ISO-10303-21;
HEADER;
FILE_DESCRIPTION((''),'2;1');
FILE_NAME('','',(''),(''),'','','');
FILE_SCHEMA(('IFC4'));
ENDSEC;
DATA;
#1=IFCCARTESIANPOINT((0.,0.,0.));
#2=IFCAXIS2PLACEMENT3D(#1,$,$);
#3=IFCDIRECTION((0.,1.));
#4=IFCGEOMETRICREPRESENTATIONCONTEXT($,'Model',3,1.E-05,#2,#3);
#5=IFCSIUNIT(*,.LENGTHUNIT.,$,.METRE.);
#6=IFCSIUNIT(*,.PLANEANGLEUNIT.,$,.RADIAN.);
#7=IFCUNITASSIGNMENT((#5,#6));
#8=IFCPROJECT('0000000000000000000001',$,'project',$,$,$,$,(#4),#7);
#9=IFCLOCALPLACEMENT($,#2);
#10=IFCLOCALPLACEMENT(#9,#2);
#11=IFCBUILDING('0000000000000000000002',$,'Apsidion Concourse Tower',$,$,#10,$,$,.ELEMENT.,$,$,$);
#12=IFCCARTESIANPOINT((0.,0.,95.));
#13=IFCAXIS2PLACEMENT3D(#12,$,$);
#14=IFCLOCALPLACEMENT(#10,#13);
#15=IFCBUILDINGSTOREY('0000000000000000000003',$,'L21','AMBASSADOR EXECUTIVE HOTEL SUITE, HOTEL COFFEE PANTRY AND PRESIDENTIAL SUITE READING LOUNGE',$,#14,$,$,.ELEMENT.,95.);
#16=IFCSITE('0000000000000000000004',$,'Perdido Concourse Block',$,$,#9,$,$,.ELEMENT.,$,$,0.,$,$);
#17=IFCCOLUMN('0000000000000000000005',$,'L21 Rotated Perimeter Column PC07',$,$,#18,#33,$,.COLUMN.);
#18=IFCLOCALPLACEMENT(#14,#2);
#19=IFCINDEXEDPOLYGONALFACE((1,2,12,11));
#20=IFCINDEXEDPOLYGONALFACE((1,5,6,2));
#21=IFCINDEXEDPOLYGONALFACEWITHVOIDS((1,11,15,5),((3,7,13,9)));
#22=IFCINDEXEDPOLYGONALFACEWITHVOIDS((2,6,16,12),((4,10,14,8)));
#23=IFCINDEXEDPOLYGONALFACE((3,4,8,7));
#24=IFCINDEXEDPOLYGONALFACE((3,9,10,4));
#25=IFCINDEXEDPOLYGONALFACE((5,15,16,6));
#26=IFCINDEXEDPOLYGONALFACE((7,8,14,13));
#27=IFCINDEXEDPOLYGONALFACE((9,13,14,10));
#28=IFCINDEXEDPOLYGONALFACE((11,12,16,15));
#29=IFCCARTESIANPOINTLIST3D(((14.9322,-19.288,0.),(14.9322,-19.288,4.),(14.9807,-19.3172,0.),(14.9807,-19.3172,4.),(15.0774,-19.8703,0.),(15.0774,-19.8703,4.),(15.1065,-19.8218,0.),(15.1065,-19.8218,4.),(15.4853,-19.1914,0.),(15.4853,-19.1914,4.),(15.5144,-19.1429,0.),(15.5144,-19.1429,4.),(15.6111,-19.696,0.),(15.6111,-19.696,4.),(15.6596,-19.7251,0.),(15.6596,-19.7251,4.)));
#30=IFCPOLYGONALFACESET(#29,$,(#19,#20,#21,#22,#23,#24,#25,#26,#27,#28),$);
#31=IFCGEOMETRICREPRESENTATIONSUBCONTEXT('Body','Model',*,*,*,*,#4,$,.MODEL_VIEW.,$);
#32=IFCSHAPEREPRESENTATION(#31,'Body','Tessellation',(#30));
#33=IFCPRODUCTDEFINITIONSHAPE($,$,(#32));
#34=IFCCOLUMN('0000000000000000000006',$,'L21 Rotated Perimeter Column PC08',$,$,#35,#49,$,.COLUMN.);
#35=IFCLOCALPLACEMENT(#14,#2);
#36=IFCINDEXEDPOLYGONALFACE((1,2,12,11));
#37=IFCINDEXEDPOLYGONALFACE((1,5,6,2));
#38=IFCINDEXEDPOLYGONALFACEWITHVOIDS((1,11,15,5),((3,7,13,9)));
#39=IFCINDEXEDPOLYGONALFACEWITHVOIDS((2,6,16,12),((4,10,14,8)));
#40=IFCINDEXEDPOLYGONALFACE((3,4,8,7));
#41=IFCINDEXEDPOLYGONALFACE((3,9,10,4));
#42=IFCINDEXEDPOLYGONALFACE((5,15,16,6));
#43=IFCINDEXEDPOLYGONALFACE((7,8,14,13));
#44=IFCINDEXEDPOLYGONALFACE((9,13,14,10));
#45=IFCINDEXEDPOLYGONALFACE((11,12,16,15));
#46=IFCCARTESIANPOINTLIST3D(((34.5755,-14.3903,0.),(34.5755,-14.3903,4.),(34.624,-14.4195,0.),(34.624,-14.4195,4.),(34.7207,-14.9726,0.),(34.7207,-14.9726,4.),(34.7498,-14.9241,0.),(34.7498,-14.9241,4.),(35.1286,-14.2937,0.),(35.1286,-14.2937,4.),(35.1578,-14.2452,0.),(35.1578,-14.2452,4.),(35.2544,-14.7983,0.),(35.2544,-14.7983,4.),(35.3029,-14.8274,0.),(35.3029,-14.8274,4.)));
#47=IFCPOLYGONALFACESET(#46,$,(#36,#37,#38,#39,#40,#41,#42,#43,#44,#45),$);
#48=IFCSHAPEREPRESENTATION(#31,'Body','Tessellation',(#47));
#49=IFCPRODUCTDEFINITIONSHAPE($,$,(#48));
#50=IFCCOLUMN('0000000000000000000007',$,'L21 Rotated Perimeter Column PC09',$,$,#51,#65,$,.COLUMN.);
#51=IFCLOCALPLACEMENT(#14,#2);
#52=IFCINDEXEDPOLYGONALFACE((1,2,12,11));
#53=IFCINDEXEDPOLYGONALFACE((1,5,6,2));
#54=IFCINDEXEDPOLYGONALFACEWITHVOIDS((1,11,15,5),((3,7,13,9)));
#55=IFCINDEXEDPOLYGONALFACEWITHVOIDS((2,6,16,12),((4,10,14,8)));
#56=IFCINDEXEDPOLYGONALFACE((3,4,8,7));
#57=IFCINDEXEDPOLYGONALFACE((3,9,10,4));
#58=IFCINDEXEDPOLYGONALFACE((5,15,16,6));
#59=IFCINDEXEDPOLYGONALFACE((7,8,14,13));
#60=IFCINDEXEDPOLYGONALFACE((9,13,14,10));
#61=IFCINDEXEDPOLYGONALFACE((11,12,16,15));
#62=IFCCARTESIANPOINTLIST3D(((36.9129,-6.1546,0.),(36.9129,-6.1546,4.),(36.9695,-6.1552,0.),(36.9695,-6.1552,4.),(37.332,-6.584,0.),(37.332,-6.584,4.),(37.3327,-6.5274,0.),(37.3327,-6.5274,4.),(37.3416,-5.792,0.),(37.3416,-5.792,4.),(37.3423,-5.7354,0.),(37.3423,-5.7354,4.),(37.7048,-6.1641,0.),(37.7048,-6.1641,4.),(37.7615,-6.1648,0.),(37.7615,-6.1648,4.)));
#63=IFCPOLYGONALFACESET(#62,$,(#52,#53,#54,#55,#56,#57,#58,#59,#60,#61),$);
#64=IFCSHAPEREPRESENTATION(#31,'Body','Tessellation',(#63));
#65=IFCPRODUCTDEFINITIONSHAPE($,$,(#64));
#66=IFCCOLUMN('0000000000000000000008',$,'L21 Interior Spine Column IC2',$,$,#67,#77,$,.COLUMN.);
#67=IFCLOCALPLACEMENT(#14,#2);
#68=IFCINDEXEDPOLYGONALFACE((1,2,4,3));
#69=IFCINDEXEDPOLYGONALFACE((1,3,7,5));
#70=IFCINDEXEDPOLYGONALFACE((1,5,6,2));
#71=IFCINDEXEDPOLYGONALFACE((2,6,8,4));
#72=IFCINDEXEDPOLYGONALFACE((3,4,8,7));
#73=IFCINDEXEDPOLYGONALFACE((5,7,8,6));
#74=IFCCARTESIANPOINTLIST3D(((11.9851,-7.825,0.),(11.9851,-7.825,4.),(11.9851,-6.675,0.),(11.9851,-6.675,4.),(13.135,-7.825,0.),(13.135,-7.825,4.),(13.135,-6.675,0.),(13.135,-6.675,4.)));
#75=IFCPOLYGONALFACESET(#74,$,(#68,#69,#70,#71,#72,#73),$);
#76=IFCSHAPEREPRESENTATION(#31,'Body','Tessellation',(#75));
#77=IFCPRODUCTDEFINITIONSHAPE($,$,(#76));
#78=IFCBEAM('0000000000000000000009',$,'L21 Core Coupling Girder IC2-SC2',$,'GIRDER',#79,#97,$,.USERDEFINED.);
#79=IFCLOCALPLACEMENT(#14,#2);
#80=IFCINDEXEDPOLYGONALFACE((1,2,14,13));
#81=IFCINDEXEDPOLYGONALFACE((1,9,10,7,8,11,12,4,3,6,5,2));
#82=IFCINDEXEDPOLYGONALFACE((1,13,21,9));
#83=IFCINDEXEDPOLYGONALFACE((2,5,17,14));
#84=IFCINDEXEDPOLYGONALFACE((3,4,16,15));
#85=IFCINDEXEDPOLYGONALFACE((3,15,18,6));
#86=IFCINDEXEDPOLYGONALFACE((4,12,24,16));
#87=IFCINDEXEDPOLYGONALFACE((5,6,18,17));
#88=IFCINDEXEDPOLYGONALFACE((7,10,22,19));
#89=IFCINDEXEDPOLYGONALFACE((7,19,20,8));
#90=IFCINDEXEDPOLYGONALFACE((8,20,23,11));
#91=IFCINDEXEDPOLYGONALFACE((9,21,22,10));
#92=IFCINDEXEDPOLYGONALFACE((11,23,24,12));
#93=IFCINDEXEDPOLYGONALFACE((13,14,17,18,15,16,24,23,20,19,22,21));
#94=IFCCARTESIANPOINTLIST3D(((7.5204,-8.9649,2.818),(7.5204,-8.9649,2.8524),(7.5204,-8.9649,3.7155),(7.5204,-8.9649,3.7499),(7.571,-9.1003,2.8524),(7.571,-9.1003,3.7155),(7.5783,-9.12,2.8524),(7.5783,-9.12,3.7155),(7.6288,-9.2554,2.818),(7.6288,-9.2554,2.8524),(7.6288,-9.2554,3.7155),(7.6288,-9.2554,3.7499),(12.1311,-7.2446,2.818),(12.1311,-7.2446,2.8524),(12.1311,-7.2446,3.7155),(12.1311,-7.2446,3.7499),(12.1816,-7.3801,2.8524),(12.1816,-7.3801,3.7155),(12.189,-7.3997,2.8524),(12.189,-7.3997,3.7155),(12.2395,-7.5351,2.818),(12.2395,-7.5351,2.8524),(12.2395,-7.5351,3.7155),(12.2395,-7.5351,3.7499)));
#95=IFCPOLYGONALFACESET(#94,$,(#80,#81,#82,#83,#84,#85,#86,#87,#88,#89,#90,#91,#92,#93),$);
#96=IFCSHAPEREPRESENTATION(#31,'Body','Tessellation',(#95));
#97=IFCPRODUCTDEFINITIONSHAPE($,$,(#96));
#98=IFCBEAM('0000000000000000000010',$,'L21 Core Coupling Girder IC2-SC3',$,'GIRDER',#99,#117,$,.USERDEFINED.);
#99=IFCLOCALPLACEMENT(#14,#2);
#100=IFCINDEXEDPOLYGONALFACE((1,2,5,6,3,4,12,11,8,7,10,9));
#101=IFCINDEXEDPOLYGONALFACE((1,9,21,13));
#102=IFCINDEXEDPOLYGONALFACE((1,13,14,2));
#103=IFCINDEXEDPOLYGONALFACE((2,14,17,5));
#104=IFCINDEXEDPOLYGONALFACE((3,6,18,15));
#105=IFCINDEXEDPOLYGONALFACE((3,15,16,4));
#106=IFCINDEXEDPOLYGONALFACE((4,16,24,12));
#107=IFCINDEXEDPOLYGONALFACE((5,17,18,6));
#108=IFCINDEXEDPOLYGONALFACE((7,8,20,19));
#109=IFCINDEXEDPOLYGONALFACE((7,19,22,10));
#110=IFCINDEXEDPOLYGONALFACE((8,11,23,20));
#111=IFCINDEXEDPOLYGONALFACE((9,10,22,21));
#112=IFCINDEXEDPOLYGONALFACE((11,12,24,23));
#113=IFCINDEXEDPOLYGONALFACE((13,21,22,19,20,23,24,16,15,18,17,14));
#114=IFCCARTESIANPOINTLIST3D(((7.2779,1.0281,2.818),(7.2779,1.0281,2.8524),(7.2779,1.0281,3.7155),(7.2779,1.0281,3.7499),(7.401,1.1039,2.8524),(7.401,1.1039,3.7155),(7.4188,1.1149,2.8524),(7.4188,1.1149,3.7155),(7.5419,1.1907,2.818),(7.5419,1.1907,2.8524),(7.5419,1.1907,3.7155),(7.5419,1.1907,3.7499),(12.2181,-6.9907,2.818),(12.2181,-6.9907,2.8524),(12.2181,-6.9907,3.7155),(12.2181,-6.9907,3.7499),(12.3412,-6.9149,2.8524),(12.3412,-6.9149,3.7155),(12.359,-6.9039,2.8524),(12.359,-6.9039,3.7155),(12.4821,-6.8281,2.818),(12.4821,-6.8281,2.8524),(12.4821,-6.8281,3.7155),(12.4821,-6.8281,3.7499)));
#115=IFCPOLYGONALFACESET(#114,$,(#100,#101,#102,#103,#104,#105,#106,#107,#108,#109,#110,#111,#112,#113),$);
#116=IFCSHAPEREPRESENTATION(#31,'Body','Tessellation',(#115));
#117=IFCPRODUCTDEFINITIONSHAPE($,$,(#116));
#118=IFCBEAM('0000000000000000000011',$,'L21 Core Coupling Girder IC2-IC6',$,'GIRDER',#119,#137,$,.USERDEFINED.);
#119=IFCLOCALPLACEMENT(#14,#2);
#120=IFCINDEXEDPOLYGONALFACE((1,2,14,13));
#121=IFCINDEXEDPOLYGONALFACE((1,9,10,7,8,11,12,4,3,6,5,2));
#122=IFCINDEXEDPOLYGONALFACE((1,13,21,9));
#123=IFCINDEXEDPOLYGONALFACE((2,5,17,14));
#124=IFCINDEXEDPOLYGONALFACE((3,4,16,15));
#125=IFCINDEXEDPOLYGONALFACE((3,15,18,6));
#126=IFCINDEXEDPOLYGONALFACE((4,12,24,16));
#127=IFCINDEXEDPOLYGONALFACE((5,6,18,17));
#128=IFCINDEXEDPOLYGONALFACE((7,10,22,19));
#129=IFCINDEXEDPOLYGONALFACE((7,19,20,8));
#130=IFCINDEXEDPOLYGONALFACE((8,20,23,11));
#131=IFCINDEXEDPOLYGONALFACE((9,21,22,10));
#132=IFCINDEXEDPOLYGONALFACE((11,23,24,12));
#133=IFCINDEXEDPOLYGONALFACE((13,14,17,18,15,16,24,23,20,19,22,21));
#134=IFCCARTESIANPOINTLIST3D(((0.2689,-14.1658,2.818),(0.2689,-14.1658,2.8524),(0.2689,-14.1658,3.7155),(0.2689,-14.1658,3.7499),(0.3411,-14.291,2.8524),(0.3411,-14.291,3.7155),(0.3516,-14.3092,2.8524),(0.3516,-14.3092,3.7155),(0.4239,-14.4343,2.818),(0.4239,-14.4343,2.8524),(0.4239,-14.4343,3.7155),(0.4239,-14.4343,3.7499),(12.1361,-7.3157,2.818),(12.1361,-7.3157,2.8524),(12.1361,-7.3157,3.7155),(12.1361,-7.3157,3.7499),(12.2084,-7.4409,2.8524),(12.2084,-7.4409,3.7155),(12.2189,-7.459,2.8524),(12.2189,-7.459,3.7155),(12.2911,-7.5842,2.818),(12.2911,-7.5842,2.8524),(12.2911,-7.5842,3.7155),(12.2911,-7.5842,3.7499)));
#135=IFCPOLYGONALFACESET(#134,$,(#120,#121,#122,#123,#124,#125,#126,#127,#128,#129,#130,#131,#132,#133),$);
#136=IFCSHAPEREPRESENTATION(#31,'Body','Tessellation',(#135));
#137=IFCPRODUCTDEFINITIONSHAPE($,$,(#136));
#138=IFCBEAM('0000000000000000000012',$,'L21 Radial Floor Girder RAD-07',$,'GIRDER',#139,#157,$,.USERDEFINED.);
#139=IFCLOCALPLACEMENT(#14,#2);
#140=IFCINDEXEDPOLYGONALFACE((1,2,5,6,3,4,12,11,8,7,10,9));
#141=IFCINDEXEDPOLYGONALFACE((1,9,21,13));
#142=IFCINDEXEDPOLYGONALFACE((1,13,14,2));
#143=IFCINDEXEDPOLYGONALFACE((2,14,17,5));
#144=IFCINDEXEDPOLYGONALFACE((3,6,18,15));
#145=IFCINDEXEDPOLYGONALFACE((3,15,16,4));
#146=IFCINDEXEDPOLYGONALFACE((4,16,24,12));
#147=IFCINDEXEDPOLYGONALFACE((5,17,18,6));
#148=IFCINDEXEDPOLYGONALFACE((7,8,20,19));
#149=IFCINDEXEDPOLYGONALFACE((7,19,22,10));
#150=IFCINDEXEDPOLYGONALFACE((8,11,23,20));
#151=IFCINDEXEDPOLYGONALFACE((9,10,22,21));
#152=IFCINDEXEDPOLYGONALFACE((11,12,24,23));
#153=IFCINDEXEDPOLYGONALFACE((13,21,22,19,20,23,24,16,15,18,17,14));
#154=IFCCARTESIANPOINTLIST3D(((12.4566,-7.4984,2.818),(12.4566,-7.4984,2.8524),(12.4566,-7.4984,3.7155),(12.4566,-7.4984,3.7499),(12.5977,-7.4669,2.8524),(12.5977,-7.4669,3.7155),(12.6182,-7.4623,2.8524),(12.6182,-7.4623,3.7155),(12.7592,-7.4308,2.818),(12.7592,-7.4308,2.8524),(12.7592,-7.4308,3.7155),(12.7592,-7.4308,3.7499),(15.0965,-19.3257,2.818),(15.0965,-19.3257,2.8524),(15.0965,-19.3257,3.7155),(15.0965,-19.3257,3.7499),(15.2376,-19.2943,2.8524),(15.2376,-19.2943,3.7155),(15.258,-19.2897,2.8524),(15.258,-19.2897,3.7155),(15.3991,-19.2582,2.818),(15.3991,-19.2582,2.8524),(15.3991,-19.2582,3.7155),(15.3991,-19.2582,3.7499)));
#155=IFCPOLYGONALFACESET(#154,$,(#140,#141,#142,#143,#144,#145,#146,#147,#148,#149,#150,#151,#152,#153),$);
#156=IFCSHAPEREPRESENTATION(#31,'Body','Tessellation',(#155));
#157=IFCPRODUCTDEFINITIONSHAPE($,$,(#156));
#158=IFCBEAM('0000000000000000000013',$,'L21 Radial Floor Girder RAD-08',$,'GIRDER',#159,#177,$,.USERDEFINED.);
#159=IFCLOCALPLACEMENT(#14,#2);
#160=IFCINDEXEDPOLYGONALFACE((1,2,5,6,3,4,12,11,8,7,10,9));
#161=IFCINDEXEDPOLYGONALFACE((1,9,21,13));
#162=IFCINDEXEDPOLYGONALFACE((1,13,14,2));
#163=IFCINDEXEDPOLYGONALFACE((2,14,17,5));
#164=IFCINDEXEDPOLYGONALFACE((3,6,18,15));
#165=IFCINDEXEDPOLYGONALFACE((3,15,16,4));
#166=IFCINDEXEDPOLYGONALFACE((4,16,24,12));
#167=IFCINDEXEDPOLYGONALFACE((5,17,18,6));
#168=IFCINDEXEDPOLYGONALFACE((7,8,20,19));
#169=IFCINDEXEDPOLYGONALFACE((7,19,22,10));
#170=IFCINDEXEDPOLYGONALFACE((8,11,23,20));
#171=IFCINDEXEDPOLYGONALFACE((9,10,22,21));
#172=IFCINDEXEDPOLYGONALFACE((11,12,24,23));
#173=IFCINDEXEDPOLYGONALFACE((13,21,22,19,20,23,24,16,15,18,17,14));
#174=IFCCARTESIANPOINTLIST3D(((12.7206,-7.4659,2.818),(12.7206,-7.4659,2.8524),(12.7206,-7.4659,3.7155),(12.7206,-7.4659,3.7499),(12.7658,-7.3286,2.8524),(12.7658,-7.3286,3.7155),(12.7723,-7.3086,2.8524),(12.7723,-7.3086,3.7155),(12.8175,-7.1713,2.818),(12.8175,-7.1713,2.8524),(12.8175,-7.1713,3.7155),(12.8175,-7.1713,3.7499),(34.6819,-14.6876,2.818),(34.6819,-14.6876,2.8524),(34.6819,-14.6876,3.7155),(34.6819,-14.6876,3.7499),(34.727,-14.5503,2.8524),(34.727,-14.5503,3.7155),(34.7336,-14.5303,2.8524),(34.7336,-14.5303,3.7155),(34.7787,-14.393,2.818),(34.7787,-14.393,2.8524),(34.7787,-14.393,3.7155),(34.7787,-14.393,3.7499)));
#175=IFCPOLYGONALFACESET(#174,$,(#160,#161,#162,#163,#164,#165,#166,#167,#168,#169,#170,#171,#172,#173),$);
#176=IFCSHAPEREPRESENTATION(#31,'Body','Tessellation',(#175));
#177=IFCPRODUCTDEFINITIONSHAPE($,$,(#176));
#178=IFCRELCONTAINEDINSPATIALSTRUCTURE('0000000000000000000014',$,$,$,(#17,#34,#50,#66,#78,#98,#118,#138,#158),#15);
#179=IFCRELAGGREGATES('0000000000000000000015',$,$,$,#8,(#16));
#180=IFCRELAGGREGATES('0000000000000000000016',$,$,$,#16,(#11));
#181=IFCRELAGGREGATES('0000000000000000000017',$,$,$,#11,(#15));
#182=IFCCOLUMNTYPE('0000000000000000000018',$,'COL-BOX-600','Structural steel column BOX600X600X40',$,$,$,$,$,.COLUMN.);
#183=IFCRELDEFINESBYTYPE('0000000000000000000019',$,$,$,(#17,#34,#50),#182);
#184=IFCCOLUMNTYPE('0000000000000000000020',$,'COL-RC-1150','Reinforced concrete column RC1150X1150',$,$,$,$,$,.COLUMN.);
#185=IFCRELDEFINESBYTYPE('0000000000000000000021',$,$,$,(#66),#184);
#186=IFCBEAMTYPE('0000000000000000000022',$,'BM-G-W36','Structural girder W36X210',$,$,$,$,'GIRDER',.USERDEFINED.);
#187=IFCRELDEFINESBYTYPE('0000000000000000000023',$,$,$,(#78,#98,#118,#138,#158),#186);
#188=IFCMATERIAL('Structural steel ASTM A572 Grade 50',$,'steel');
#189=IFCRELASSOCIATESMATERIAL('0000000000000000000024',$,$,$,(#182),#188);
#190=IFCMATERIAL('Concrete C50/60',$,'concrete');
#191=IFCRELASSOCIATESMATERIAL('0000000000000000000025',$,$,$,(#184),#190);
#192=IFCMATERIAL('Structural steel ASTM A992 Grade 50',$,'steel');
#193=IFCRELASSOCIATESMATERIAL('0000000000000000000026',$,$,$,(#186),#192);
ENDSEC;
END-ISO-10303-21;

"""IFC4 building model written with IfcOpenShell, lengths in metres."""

from ifc_helpers import new_model, si_unit, direction, frame, origin, origin_2d, place, context, subcontext, project, spatial, rectangle, hollow_rectangle, i_section, extrude, material, material_profile, profile_set, type_object, element, save


model = new_model("IFC4")

# Units and contexts
model_context = context("Model", 3, precision=1e-05, world=origin(), true_north=direction((0.0, 1.0)))
body_context = subcontext(model_context, "Body", "Model", "MODEL_VIEW")
ifc_project = project(units=[si_unit("LENGTHUNIT", "METRE"), si_unit("PLANEANGLEUNIT", "RADIAN")], contexts=[model_context])

# Site, building, storey
site_placement = place(None, origin())
site = spatial("IfcSite", under=ifc_project, at=site_placement, Name="Perdido Concourse Block", CompositionType="ELEMENT", RefElevation=0.0)
building_placement = place(site_placement, origin())
building = spatial("IfcBuilding", under=site, at=building_placement, Name="Apsidion Concourse Tower", CompositionType="ELEMENT")
storey_placement = place(building_placement, frame((0.0, 0.0, 95.0)))
storey = spatial("IfcBuildingStorey", under=building, at=storey_placement, Name="L21", Description="AMBASSADOR EXECUTIVE HOTEL SUITE, HOTEL COFFEE PANTRY AND PRESIDENTIAL SUITE READING LOUNGE", CompositionType="ELEMENT", Elevation=95.0)

# Columns
ifc_material_1 = material(Name="Structural steel ASTM A572 Grade 50", Category="steel")
ifc_material_profile_1 = material_profile(ifc_material_1, hollow_rectangle(XDim=0.6001, YDim=0.6001, WallThickness=0.04, at=origin_2d()), Name="BOX600X600X40")
ifc_profile_set_1 = profile_set([ifc_material_profile_1], Name="Structural steel ASTM A572 Grade 50")
column_type_1 = type_object("IfcColumnType", Name="COL-BOX-600", Description="Structural steel column BOX600X600X40", PredefinedType="COLUMN", material=ifc_profile_set_1)
for number, where, z_axis, x_axis, name in (
    (1, (15.2959, -19.5066, 0.0), (0.0, 0.0, 1.0), (0.970296, 0.241922, 0.0), "L21 Rotated Perimeter Column PC07"),
    (2, (34.9392, -14.6089, 0.0), (0.0, 0.0, 1.0), (0.970296, 0.241922, 0.0), "L21 Rotated Perimeter Column PC08"),
    (3, (37.3372, -6.1597, 0.0), (0.0, 0.0, 1.0), (-0.69854, 0.715571, 0.0), "L21 Rotated Perimeter Column PC09"),
):
    element("IfcColumn", number, at=place(storey_placement, frame(where, z_axis=z_axis, x_axis=x_axis)), inside=storey, type_object=column_type_1, Name=name, PredefinedType="COLUMN", context=body_context, shape_type="SweptSolid", body=[
        extrude(hollow_rectangle(XDim=0.6001, YDim=0.6001, WallThickness=0.04, at=origin_2d()), origin(), (0.0, 0.0, 1.0), 4.0),
    ])
ifc_material_2 = material(Name="Concrete C50/60", Category="concrete")
ifc_material_profile_2 = material_profile(ifc_material_2, rectangle(XDim=1.1499, YDim=1.1499, at=origin_2d()), Name="RC 1150x1150")
ifc_profile_set_2 = profile_set([ifc_material_profile_2], Name="Concrete C50/60")
column_type_2 = type_object("IfcColumnType", Name="COL-RC-1150", Description="Reinforced concrete column RC1150X1150", PredefinedType="COLUMN", material=ifc_profile_set_2)
column_placement = place(storey_placement, frame((12.5601, -7.25, 0.0), z_axis=(0.0, 0.0, 1.0), x_axis=(1.0, 0.0, 0.0)))
element("IfcColumn", 4, at=column_placement, inside=storey, type_object=column_type_2, Name="L21 Interior Spine Column IC2", PredefinedType="COLUMN", context=body_context, shape_type="SweptSolid", body=[
    extrude(rectangle(XDim=1.1499, YDim=1.1499, at=origin_2d()), origin(), (0.0, 0.0, 1.0), 4.0),
])

# Beams
ifc_material_3 = material(Name="Structural steel ASTM A992 Grade 50", Category="steel")
ifc_material_profile_3 = material_profile(ifc_material_3, i_section(OverallWidth=0.3101, OverallDepth=0.9319, WebThickness=0.021, FlangeThickness=0.0344, at=origin_2d()), Name="W36X210")
ifc_profile_set_3 = profile_set([ifc_material_profile_3], Name="Structural steel ASTM A992 Grade 50")
beam_type_1 = type_object("IfcBeamType", Name="BM-G-W36", Description="Structural girder W36X210", ElementType="GIRDER", PredefinedType="USERDEFINED", material=ifc_profile_set_3)
beam_1_placement = place(storey_placement, frame((12.1853, -7.3899, 3.2839), z_axis=(-0.936913, -0.349563, 0.0), x_axis=(0.349563, -0.936913, 0.0)))
element("IfcBeam", 5, at=beam_1_placement, inside=storey, type_object=beam_type_1, Name="L21 Core Coupling Girder IC2-SC2", ObjectType="GIRDER", PredefinedType="USERDEFINED", context=body_context, shape_type="SweptSolid", body=[
    extrude(i_section(OverallWidth=0.3101, OverallDepth=0.9319, WebThickness=0.021, FlangeThickness=0.0344, at=origin_2d()), origin(), (0.0, 0.0, 1.0), 4.9211),
])
beam_2_placement = place(storey_placement, frame((12.3501, -6.9094, 3.2839), z_axis=(-0.524524, 0.851396, 0.0), x_axis=(-0.851396, -0.524524, 0.0)))
element("IfcBeam", 6, at=beam_2_placement, inside=storey, type_object=beam_type_1, Name="L21 Core Coupling Girder IC2-SC3", ObjectType="GIRDER", PredefinedType="USERDEFINED", context=body_context, shape_type="SweptSolid", body=[
    extrude(i_section(OverallWidth=0.3101, OverallDepth=0.9319, WebThickness=0.021, FlangeThickness=0.0344, at=origin_2d()), origin(), (0.0, 0.0, 1.0), 9.4185),
])
beam_3_placement = place(storey_placement, frame((12.2136, -7.45, 3.2839), z_axis=(-0.86607, -0.499922, 0.0), x_axis=(0.499922, -0.86607, 0.0)))
element("IfcBeam", 7, at=beam_3_placement, inside=storey, type_object=beam_type_1, Name="L21 Core Coupling Girder IC2-IC6", ObjectType="GIRDER", PredefinedType="USERDEFINED", context=body_context, shape_type="SweptSolid", body=[
    extrude(i_section(OverallWidth=0.3101, OverallDepth=0.9319, WebThickness=0.021, FlangeThickness=0.0344, at=origin_2d()), origin(), (0.0, 0.0, 1.0), 13.7024),
])
beam_4_placement = place(storey_placement, frame((12.6079, -7.4646, 3.2839), z_axis=(0.217841, -0.975984, 0.0), x_axis=(0.975984, 0.217841, 0.0)))
element("IfcBeam", 8, at=beam_4_placement, inside=storey, type_object=beam_type_1, Name="L21 Radial Floor Girder RAD-07", ObjectType="GIRDER", PredefinedType="USERDEFINED", context=body_context, shape_type="SweptSolid", body=[
    extrude(i_section(OverallWidth=0.3101, OverallDepth=0.9319, WebThickness=0.021, FlangeThickness=0.0344, at=origin_2d()), origin(), (0.0, 0.0, 1.0), 12.1184),
])
beam_5_placement = place(storey_placement, frame((12.769, -7.3186, 3.2839), z_axis=(0.949957, -0.312382, 0.0), x_axis=(0.312382, 0.949957, 0.0)))
element("IfcBeam", 9, at=beam_5_placement, inside=storey, type_object=beam_type_1, Name="L21 Radial Floor Girder RAD-08", ObjectType="GIRDER", PredefinedType="USERDEFINED", context=body_context, shape_type="SweptSolid", body=[
    extrude(i_section(OverallWidth=0.3101, OverallDepth=0.9319, WebThickness=0.021, FlangeThickness=0.0344, at=origin_2d()), origin(), (0.0, 0.0, 1.0), 23.1182),
])

save(model, "model.ifc")
